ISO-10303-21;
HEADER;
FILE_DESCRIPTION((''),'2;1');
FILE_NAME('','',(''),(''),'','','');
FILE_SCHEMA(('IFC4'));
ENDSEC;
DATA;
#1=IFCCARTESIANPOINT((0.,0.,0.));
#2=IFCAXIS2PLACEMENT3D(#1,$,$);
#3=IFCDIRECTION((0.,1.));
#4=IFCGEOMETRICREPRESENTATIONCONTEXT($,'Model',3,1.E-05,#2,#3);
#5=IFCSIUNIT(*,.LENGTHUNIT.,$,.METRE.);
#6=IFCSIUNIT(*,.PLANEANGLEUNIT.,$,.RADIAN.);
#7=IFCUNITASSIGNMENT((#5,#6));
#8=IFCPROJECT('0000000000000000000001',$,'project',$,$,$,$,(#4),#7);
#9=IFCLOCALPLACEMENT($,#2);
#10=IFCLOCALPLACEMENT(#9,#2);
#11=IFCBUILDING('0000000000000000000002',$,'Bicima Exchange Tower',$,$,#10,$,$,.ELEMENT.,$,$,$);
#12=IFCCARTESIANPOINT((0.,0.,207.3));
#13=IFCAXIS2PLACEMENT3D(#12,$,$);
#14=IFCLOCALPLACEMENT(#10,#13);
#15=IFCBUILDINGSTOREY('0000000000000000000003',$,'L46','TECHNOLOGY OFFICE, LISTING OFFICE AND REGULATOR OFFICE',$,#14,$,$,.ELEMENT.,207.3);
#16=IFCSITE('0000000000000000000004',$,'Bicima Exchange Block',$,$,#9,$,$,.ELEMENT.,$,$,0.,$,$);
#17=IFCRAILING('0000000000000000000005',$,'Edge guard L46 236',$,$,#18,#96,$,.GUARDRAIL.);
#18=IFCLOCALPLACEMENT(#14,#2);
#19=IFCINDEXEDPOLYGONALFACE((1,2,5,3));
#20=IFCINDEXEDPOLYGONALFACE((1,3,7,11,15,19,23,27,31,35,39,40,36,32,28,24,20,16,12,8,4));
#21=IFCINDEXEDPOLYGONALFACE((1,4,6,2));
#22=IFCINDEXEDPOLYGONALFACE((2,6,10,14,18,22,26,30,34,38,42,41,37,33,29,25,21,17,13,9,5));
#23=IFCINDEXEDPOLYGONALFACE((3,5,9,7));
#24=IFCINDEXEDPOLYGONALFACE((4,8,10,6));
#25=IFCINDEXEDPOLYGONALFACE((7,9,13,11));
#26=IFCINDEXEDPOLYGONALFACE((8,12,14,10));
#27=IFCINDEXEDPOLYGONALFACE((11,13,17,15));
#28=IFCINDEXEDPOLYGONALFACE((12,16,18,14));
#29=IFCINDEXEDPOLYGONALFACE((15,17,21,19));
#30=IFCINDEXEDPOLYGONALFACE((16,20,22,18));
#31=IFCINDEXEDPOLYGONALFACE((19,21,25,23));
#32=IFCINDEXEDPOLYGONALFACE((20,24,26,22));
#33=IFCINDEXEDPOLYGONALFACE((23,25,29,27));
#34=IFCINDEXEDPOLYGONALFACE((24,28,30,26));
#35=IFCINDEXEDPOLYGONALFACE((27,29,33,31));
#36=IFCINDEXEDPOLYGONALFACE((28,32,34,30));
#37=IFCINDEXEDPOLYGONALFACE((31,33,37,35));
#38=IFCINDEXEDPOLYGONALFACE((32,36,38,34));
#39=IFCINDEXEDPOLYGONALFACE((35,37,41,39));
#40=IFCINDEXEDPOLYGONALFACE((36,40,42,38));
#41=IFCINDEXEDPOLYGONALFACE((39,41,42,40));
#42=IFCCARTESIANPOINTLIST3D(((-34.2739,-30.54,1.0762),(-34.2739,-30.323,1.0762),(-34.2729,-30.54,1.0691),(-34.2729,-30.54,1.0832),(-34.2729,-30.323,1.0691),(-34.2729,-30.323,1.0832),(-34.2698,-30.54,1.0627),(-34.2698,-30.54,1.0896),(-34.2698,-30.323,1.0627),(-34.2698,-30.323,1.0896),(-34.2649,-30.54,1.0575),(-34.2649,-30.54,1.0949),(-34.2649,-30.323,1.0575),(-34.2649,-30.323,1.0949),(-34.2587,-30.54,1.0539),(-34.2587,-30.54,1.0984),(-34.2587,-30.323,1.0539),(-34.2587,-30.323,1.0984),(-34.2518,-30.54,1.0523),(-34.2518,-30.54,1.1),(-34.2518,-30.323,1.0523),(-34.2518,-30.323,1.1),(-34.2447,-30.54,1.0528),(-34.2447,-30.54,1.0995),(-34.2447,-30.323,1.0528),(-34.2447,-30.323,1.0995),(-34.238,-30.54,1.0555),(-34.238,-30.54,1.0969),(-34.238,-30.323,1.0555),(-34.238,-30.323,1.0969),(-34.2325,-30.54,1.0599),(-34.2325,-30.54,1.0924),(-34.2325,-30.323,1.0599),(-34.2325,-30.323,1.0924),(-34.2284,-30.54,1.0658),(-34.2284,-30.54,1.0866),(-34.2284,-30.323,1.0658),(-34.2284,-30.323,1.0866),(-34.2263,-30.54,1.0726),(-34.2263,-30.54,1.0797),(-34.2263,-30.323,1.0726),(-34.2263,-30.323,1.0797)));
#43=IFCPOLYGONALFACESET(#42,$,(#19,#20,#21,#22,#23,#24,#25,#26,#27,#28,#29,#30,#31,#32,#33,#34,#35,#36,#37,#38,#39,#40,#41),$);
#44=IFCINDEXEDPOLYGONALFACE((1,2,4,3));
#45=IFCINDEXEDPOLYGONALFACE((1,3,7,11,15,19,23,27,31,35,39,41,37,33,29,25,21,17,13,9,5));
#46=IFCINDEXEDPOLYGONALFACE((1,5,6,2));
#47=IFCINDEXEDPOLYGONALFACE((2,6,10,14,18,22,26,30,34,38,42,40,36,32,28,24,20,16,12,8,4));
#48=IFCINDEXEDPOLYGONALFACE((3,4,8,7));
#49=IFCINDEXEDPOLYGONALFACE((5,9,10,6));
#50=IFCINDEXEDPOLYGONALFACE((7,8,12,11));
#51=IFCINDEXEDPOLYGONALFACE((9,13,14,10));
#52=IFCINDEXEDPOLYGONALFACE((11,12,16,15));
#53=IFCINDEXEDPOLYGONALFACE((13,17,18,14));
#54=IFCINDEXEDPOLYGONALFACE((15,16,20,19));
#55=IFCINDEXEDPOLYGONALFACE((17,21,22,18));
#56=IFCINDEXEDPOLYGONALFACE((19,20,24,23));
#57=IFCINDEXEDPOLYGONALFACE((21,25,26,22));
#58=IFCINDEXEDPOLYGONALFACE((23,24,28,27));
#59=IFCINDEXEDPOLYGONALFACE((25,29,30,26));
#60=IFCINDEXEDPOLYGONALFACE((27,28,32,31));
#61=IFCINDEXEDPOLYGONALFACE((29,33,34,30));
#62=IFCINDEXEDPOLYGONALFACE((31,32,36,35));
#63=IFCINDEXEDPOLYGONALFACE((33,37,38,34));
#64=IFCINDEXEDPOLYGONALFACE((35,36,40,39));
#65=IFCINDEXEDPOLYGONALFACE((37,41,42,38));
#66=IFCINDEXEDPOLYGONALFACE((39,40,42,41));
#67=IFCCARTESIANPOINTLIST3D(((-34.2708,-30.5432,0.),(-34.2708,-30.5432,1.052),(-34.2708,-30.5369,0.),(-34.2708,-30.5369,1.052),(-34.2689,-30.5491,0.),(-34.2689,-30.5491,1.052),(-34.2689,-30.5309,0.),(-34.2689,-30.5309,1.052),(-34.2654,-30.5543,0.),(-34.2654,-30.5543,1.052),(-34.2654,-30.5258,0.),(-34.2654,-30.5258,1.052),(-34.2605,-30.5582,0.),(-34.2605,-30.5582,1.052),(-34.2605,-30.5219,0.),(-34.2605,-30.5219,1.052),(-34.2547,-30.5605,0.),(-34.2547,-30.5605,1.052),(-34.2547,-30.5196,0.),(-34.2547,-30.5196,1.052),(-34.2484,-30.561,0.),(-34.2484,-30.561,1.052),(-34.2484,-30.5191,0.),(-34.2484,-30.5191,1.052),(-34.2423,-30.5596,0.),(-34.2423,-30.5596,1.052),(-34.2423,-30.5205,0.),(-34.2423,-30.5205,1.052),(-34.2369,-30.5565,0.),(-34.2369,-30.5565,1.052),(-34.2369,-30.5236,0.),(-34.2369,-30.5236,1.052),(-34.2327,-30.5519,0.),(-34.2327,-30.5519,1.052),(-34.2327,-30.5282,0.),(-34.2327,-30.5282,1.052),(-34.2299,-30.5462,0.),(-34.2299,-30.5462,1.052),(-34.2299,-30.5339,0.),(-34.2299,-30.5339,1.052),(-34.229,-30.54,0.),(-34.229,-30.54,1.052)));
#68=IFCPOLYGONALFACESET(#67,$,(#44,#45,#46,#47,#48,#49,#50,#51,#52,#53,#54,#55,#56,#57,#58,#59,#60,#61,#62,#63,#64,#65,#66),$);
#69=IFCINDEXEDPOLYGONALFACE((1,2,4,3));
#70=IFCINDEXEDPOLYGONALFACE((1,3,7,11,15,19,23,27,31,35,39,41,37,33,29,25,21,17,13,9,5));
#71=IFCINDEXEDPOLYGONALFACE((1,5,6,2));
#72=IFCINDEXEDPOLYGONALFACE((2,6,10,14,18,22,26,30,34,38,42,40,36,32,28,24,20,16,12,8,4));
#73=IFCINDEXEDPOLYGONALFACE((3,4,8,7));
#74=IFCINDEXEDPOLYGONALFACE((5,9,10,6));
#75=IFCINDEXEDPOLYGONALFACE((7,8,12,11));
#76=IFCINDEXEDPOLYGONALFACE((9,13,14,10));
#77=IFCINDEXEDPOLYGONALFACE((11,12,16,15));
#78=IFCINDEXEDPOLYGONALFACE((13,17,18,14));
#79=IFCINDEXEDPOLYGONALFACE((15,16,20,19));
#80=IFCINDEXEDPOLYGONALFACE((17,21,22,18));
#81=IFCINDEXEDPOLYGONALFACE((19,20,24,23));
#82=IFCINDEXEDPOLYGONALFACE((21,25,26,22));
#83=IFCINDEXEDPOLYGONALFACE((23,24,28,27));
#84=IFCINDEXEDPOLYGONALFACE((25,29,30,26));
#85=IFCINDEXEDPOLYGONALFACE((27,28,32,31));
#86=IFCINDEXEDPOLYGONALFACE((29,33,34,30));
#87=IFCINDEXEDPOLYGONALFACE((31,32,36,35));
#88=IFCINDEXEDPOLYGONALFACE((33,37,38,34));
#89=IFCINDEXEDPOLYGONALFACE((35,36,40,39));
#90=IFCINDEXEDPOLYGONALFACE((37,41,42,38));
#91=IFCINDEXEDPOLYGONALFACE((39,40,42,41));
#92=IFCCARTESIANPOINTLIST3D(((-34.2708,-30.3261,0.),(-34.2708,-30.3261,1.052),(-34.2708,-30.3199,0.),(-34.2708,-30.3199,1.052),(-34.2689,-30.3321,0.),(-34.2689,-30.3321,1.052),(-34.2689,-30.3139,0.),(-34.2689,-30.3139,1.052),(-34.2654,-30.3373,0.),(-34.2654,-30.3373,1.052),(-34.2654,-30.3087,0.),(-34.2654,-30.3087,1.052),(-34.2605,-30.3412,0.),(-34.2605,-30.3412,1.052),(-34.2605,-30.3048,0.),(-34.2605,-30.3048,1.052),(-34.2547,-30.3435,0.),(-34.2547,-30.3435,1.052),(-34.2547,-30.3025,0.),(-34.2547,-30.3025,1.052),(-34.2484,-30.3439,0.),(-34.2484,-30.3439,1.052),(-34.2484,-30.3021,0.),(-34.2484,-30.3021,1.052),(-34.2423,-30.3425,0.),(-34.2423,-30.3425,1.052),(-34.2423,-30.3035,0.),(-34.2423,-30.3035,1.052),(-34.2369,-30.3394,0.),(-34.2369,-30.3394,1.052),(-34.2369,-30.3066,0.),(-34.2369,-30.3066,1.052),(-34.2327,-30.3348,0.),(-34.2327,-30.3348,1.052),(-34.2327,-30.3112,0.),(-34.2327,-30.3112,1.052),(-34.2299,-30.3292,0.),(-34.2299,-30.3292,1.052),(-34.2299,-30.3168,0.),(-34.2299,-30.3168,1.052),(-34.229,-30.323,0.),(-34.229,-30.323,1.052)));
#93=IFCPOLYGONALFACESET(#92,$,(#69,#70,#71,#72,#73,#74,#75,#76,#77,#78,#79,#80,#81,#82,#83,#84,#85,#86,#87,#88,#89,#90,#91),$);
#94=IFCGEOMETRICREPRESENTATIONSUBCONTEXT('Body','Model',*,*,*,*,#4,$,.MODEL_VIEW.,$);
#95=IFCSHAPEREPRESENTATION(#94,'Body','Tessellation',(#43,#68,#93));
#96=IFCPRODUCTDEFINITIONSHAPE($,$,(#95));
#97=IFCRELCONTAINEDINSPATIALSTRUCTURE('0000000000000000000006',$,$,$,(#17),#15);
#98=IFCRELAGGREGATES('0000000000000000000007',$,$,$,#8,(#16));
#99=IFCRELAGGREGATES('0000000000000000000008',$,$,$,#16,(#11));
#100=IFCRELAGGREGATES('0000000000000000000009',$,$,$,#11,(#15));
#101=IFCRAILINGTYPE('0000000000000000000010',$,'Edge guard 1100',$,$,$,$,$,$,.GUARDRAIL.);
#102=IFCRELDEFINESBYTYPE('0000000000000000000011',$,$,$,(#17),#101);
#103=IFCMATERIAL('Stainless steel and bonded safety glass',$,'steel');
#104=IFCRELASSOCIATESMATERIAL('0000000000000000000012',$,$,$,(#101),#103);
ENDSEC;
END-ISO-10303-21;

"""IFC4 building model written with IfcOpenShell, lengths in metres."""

from ifc_helpers import new_model, si_unit, direction, frame, origin, origin_2d, place, context, subcontext, project, spatial, circle, extrude, material, type_object, element, save


model = new_model("IFC4")

# Units and contexts
model_context = context("Model", 3, precision=1e-05, world=origin(), true_north=direction((0.0, 1.0)))
body_context = subcontext(model_context, "Body", "Model", "MODEL_VIEW")
ifc_project = project(units=[si_unit("LENGTHUNIT", "METRE"), si_unit("PLANEANGLEUNIT", "RADIAN")], contexts=[model_context])

# Site, building, storey
site_placement = place(None, origin())
site = spatial("IfcSite", under=ifc_project, at=site_placement, Name="Bicima Exchange Block", CompositionType="ELEMENT", RefElevation=0.0)
building_placement = place(site_placement, origin())
building = spatial("IfcBuilding", under=site, at=building_placement, Name="Bicima Exchange Tower", CompositionType="ELEMENT")
storey_placement = place(building_placement, frame((0.0, 0.0, 207.3)))
storey = spatial("IfcBuildingStorey", under=building, at=storey_placement, Name="L46", Description="TECHNOLOGY OFFICE, LISTING OFFICE AND REGULATOR OFFICE", CompositionType="ELEMENT", Elevation=207.3)

# Railing
ifc_material_1 = material(Name="Stainless steel and bonded safety glass", Category="steel")
railing_type = type_object("IfcRailingType", Name="Edge guard 1100", PredefinedType="GUARDRAIL", material=ifc_material_1)
railing_1_placement = place(storey_placement, frame((-34.25, -30.54, 0.0)))
element("IfcRailing", 1, at=railing_1_placement, inside=storey, type_object=railing_type, Name="Edge guard L46 236", PredefinedType="GUARDRAIL", context=body_context, shape_type="SweptSolid", body=[
    extrude(circle(Radius=0.0239, at=origin_2d()), frame((0.0, 0.0, 1.0762), z_axis=(0.0, 1.0, 0.0), x_axis=(-1.0, 0.0, 0.0)), (0.0, 0.0, 1.0), 0.217),
    extrude(circle(Radius=0.021, at=origin_2d()), origin(), (0.0, 0.0, 1.0), 1.052),
    extrude(circle(Radius=0.021, at=origin_2d()), frame((0.0, 0.217, 0.0)), (0.0, 0.0, 1.0), 1.052),
])

save(model, "model.ifc")
